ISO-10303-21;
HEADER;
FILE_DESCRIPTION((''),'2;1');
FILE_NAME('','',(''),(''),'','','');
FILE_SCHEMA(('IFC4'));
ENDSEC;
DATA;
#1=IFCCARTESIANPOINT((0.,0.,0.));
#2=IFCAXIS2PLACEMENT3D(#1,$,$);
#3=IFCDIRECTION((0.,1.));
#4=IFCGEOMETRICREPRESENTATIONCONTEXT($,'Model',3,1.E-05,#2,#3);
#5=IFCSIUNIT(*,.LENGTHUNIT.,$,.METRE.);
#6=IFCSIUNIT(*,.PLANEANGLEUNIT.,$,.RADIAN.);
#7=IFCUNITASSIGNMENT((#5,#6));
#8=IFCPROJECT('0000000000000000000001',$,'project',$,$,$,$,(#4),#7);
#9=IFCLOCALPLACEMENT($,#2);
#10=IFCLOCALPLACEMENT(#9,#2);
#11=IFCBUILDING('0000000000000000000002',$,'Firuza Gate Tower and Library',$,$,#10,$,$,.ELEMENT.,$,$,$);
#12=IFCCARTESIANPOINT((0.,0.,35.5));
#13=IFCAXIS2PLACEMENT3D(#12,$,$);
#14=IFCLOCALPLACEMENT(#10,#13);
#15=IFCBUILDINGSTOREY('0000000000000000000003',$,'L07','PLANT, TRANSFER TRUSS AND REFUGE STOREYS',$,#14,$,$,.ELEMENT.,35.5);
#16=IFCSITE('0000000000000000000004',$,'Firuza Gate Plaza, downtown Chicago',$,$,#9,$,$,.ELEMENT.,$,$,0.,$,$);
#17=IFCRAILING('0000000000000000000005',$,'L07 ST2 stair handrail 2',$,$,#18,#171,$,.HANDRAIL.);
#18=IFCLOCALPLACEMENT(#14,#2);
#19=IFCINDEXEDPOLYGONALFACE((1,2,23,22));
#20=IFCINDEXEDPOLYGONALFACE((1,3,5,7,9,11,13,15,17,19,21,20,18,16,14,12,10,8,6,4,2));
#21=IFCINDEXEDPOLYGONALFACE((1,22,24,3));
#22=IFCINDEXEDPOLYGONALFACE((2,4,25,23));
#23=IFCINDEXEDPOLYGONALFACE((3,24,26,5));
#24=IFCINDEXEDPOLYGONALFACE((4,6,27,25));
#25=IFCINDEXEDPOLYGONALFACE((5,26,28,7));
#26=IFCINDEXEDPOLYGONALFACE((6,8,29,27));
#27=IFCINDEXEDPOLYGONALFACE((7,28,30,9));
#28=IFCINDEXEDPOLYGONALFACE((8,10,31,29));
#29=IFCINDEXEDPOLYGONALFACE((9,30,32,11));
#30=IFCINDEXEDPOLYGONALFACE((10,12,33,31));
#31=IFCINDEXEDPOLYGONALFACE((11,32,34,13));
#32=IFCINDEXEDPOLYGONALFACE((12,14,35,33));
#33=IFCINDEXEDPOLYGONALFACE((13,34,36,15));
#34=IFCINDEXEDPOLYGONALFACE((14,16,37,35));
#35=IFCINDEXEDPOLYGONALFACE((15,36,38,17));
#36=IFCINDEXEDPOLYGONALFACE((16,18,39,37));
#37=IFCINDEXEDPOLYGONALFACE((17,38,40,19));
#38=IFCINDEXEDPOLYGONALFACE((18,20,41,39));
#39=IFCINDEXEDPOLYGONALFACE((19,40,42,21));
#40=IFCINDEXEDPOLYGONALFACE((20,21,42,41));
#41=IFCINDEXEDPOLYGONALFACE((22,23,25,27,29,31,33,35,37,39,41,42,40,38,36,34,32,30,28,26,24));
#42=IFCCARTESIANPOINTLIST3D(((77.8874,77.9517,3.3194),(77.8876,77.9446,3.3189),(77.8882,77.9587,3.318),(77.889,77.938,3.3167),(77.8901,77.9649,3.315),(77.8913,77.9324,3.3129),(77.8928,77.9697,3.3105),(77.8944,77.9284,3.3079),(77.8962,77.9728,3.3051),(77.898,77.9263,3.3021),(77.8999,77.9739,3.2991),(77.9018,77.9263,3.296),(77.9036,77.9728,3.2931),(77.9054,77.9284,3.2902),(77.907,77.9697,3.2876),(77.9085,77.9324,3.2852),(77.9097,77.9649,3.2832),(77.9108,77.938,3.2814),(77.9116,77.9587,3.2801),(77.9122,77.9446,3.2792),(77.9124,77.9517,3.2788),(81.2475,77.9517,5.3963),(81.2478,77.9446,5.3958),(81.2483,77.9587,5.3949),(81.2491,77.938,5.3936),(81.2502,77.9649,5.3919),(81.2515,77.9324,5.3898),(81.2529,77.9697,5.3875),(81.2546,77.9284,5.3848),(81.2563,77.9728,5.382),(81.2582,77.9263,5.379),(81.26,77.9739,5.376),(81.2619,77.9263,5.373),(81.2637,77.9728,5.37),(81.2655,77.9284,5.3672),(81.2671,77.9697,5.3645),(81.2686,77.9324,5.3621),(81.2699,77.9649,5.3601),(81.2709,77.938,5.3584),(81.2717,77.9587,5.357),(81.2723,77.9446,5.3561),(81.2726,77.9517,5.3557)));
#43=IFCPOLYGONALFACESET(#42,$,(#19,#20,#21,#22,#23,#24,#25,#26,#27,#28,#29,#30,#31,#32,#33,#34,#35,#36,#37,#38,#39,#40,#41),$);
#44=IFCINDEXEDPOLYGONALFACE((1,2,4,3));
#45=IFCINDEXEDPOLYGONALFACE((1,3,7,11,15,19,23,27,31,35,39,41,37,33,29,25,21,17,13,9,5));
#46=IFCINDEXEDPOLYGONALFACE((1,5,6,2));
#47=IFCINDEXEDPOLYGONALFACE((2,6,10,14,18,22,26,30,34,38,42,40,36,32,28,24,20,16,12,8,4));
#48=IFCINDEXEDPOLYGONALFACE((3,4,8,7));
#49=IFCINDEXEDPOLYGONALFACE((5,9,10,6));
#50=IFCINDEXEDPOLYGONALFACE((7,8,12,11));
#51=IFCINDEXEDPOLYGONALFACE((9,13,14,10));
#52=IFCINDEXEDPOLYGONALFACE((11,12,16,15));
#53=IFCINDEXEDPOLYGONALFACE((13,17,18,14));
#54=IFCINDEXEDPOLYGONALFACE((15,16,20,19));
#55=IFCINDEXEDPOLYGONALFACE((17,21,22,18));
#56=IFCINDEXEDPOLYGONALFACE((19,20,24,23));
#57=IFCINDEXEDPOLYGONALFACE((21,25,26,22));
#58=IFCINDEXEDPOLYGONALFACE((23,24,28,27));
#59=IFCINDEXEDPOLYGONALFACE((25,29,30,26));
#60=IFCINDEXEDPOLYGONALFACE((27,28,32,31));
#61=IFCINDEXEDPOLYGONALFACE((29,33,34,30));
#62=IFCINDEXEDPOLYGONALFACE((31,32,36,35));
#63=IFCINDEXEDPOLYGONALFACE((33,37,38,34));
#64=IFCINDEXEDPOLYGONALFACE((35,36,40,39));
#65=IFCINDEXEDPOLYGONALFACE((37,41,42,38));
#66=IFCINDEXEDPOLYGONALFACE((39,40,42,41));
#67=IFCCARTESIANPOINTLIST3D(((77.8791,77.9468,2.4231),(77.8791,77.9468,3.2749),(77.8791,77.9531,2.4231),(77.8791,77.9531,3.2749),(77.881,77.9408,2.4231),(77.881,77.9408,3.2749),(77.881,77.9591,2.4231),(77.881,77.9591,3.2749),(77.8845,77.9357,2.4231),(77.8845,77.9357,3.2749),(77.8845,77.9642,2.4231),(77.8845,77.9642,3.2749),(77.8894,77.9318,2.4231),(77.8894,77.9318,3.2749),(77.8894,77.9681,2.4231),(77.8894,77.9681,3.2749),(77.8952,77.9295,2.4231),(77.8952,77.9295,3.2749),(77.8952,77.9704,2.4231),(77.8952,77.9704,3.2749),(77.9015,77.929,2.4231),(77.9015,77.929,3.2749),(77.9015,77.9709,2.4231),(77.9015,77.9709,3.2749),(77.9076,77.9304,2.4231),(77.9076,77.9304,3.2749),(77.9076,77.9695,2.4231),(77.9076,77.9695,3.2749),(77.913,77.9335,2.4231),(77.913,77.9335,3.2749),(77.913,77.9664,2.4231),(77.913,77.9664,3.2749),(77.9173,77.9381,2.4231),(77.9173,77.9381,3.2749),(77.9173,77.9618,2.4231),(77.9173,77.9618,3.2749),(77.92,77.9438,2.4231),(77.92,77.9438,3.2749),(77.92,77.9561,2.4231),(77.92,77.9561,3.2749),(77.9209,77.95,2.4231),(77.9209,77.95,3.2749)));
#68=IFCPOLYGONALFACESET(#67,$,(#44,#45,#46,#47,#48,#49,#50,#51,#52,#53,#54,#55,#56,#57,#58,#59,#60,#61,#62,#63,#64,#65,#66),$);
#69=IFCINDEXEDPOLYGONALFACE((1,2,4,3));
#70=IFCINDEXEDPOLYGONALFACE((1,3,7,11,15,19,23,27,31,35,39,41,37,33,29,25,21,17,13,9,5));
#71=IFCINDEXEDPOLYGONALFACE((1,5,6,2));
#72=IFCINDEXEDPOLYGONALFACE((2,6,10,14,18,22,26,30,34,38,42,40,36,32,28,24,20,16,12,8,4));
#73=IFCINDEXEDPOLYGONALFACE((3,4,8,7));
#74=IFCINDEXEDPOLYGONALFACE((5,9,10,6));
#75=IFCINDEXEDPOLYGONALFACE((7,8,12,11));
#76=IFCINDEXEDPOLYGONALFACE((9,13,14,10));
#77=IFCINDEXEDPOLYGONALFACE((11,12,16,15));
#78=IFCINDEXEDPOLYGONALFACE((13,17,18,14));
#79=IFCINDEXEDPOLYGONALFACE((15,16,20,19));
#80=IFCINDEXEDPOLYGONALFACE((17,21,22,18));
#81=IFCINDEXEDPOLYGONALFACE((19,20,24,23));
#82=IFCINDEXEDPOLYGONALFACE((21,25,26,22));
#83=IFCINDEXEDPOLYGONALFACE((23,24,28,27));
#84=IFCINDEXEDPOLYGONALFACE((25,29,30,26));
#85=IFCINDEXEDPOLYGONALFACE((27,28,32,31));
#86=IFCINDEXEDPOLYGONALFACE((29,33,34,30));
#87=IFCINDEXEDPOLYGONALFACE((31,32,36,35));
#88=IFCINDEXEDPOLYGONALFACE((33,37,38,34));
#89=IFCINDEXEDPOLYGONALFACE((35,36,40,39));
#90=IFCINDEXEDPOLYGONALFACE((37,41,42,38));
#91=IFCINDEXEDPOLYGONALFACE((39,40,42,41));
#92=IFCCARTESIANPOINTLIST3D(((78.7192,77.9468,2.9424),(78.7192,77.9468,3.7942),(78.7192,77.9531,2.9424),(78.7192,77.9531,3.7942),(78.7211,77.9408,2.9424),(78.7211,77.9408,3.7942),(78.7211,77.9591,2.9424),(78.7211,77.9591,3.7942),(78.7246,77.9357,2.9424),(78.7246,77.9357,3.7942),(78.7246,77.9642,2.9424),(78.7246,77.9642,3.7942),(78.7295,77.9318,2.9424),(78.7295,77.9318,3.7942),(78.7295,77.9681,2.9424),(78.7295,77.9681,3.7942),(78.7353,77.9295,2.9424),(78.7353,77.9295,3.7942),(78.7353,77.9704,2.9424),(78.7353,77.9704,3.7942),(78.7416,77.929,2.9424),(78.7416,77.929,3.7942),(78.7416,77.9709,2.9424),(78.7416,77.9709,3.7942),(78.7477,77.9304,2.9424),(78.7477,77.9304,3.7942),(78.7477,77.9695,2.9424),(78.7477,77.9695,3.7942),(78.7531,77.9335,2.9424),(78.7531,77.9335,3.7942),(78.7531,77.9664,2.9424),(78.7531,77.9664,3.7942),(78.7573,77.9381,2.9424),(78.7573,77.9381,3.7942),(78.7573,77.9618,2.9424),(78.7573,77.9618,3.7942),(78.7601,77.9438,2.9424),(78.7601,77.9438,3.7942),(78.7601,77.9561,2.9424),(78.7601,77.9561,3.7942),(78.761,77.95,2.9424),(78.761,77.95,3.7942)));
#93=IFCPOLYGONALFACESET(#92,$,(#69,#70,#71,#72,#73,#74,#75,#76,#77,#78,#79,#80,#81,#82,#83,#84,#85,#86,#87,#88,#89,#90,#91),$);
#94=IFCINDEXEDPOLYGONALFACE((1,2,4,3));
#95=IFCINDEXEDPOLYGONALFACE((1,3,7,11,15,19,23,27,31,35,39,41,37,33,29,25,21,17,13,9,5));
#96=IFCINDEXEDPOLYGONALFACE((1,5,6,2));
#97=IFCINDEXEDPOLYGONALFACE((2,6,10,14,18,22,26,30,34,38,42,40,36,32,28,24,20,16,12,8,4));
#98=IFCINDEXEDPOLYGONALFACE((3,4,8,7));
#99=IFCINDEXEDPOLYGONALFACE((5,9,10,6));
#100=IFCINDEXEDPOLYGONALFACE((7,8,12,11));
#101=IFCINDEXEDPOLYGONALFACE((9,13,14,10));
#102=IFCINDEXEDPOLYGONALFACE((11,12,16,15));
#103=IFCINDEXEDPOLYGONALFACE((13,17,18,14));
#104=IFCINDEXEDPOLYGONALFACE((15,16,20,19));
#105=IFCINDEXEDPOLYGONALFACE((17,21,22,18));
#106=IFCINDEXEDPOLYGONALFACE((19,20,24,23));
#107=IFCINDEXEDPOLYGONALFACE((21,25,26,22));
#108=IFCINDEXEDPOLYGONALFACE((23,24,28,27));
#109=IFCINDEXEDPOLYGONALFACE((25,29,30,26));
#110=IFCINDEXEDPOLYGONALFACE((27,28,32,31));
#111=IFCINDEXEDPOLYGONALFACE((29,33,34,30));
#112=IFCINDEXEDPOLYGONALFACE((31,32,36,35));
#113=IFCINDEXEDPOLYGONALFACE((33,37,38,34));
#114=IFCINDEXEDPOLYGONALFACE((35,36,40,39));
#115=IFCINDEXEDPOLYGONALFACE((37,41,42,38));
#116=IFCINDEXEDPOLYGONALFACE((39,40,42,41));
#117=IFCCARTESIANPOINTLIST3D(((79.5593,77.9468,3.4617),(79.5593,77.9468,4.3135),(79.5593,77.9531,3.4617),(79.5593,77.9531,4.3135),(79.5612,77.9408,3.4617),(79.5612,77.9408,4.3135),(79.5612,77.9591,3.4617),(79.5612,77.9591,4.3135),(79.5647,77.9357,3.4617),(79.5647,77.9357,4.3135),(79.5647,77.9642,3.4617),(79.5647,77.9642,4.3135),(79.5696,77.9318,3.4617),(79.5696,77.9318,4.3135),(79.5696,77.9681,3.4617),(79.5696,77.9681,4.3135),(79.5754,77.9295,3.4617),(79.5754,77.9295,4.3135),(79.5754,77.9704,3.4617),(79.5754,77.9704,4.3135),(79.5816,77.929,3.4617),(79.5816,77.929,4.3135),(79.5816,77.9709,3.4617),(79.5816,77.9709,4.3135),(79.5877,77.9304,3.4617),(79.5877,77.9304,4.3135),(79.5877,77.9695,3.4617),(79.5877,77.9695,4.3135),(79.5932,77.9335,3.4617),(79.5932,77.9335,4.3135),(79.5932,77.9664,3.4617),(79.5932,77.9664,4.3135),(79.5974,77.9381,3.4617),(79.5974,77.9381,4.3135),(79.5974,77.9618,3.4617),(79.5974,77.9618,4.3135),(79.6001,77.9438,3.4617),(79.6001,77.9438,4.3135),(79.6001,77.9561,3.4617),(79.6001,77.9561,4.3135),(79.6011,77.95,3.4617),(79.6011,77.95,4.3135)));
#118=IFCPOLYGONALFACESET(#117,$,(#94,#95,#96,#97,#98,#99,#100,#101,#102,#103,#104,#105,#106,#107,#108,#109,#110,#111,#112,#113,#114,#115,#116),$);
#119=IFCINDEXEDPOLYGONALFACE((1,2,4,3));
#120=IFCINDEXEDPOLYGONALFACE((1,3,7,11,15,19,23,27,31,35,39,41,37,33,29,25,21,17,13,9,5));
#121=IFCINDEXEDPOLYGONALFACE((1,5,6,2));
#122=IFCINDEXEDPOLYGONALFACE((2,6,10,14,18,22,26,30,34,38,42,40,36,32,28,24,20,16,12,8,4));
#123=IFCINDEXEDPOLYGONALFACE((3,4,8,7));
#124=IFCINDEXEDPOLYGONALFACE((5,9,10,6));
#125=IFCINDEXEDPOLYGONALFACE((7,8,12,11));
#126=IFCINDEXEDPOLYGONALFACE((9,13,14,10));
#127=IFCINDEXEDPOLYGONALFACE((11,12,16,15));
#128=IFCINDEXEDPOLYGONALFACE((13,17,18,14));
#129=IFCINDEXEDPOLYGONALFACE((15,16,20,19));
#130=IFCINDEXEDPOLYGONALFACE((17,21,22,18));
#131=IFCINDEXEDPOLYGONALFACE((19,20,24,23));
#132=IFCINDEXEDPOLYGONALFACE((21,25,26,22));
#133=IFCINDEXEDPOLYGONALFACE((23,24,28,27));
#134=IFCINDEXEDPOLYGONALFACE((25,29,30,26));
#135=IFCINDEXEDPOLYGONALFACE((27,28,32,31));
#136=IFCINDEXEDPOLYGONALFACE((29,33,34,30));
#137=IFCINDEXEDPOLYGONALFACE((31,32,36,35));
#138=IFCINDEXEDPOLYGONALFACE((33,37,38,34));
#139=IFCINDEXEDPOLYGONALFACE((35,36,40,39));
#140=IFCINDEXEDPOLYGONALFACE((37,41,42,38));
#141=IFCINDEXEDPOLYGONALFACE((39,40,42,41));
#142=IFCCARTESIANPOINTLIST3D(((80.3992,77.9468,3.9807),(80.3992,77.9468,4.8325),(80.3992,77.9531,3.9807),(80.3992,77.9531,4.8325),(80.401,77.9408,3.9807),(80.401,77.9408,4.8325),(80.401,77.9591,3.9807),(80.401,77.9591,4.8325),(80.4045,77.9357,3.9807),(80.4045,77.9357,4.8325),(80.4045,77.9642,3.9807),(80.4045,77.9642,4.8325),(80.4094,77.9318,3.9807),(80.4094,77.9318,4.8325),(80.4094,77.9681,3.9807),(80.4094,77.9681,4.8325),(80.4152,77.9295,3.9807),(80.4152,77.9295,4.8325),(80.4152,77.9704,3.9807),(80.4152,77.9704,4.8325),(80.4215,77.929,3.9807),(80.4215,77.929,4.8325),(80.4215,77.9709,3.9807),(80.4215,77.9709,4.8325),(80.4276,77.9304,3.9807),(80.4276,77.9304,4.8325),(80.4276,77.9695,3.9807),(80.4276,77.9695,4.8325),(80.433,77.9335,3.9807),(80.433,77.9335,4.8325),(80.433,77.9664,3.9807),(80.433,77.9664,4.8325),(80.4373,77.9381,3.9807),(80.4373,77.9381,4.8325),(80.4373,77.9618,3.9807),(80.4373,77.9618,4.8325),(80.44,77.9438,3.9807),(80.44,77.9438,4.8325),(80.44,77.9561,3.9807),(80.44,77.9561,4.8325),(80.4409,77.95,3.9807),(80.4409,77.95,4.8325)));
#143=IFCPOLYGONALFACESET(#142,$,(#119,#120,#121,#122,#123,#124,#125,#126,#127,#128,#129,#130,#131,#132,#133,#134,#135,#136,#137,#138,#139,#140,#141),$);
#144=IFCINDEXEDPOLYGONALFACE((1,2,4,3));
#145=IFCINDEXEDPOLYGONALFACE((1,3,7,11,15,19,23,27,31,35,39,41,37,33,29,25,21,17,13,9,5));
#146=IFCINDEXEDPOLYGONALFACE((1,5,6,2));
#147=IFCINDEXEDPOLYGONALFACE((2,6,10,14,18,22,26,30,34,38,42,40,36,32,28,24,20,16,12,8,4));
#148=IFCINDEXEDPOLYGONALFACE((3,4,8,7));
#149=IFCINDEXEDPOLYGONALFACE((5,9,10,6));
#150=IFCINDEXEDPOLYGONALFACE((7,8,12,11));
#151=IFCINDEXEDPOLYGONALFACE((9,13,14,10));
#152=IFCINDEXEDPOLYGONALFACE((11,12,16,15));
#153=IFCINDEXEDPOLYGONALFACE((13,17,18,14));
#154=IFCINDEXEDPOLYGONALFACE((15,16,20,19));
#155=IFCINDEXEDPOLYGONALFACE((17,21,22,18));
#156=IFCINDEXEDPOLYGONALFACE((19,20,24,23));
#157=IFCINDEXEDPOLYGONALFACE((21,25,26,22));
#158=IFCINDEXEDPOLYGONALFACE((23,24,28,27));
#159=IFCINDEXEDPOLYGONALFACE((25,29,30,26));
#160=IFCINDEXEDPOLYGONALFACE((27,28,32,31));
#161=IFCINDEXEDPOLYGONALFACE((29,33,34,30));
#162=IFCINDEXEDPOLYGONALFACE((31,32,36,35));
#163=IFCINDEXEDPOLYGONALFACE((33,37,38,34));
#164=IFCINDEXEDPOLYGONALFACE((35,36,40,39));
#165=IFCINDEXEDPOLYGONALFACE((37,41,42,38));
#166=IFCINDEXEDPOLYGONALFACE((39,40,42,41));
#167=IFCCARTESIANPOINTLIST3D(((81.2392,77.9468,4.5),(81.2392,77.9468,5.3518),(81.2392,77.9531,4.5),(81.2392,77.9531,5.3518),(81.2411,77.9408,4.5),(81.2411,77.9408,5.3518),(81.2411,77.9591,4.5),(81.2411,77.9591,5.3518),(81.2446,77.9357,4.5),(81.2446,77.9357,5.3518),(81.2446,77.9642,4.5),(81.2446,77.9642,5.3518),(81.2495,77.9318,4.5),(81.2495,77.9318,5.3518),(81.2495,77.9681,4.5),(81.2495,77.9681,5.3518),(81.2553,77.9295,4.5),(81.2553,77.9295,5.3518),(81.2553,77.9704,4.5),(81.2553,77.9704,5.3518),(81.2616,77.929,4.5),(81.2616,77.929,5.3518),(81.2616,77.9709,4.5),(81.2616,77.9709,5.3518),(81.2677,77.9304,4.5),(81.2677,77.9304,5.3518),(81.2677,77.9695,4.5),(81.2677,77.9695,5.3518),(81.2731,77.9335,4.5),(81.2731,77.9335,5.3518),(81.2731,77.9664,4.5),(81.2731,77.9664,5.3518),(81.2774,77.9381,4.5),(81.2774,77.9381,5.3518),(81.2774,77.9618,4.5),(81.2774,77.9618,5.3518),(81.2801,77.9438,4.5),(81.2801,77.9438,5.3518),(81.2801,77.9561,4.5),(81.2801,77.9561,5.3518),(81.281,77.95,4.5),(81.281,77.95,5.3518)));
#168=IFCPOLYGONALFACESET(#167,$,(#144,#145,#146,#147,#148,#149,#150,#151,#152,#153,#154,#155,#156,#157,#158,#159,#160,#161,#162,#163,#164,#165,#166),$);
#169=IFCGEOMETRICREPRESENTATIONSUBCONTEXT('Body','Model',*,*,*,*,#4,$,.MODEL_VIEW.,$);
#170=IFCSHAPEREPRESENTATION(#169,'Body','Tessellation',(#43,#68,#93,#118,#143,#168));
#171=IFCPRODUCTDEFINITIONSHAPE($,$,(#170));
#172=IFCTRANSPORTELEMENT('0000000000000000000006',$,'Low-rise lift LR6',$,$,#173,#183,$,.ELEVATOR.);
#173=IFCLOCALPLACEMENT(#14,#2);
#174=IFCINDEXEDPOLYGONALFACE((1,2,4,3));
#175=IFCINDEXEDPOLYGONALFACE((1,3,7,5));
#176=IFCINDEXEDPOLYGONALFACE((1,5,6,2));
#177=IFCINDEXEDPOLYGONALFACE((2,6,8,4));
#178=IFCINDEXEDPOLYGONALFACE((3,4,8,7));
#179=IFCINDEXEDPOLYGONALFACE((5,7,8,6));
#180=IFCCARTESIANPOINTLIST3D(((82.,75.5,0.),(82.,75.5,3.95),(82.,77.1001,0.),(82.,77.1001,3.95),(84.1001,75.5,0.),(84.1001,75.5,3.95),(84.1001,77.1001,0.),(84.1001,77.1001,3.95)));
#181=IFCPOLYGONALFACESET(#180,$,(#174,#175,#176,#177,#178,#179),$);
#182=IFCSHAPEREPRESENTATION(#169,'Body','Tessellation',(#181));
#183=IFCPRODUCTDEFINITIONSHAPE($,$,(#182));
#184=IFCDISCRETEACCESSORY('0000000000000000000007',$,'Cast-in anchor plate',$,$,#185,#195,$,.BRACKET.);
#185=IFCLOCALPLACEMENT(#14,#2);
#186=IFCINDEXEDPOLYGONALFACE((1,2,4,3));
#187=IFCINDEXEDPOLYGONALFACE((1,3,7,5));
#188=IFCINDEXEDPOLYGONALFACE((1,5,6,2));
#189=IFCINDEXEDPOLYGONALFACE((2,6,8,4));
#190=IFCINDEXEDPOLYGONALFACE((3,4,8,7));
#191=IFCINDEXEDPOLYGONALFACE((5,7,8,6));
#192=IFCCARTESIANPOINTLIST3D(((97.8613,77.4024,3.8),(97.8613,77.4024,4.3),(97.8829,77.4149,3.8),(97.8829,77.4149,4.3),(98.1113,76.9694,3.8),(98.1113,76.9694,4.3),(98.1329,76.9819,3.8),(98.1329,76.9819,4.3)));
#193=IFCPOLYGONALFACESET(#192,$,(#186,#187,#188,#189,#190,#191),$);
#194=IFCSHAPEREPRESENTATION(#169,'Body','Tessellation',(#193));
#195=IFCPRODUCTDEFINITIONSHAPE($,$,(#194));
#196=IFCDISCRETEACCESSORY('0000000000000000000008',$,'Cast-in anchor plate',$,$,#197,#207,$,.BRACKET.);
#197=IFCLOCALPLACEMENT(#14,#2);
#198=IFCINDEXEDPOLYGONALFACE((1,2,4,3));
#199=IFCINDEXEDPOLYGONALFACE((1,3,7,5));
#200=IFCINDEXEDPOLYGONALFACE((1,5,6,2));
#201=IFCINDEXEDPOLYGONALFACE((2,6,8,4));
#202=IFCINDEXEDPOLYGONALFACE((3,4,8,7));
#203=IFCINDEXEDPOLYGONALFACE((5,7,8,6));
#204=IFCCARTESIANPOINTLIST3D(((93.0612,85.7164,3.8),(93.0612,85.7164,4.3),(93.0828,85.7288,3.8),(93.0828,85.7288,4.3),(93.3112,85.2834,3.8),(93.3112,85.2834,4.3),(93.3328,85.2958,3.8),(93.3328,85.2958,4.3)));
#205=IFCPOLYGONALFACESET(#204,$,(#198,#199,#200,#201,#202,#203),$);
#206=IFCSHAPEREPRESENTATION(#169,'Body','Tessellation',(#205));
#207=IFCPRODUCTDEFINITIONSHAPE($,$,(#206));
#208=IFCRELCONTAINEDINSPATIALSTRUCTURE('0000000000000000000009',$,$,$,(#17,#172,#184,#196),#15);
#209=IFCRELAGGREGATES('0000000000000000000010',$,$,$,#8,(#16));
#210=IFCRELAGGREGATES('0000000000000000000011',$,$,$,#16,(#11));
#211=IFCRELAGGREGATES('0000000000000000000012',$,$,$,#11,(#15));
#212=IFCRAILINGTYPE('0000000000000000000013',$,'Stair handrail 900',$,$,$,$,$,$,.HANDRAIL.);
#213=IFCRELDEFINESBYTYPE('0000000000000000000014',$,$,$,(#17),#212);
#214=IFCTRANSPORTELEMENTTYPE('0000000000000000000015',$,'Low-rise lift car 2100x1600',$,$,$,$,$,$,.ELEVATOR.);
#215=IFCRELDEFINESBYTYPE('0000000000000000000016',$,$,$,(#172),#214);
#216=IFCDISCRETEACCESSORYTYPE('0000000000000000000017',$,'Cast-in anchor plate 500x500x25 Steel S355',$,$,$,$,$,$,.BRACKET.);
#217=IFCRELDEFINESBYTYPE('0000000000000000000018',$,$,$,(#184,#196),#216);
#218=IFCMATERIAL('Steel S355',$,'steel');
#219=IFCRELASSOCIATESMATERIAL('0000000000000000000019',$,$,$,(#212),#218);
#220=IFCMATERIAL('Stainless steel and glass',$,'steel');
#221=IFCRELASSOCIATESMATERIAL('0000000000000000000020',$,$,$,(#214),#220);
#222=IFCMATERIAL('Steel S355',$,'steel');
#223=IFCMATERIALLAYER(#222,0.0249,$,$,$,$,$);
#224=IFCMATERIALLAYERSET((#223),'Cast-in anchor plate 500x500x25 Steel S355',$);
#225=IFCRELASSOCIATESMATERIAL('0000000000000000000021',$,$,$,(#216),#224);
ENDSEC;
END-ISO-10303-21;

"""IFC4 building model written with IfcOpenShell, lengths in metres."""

from ifc_helpers import new_model, si_unit, direction, frame, origin, origin_2d, place, context, subcontext, project, spatial, rectangle, circle, extrude, material, layer, layer_set, type_object, element, save


model = new_model("IFC4")

# Units and contexts
model_context = context("Model", 3, precision=1e-05, world=origin(), true_north=direction((0.0, 1.0)))
body_context = subcontext(model_context, "Body", "Model", "MODEL_VIEW")
ifc_project = project(units=[si_unit("LENGTHUNIT", "METRE"), si_unit("PLANEANGLEUNIT", "RADIAN")], contexts=[model_context])

# Site, building, storey
site_placement = place(None, origin())
site = spatial("IfcSite", under=ifc_project, at=site_placement, Name="Firuza Gate Plaza, downtown Chicago", CompositionType="ELEMENT", RefElevation=0.0)
building_placement = place(site_placement, origin())
building = spatial("IfcBuilding", under=site, at=building_placement, Name="Firuza Gate Tower and Library", CompositionType="ELEMENT")
storey_placement = place(building_placement, frame((0.0, 0.0, 35.5)))
storey = spatial("IfcBuildingStorey", under=building, at=storey_placement, Name="L07", Description="PLANT, TRANSFER TRUSS AND REFUGE STOREYS", CompositionType="ELEMENT", Elevation=35.5)

# Railing
ifc_material_1 = material(Name="Steel S355", Category="steel")
railing_type_1 = type_object("IfcRailingType", Name="Stair handrail 900", PredefinedType="HANDRAIL", material=ifc_material_1)
railing_1_placement = place(storey_placement, frame((77.8999, 77.95, 2.4231)))
element("IfcRailing", 1, at=railing_1_placement, inside=storey, type_object=railing_type_1, Name="L07 ST2 stair handrail 2", PredefinedType="HANDRAIL", context=body_context, shape_type="SweptSolid", body=[
    extrude(circle(Radius=0.0239, at=origin_2d()), frame((0.0, 0.0, 0.876), z_axis=(0.850623, 0.0, 0.525776), x_axis=(0.0, 1.0, 0.0)), (0.0, 0.0, 1.0), 3.9502),
    extrude(circle(Radius=0.021, at=origin_2d()), origin(), (0.0, 0.0, 1.0), 0.8518),
    extrude(circle(Radius=0.021, at=origin_2d()), frame((0.8401, 0.0, 0.5193)), (0.0, 0.0, 1.0), 0.8518),
    extrude(circle(Radius=0.021, at=origin_2d()), frame((1.6802, 0.0, 1.0386)), (0.0, 0.0, 1.0), 0.8518),
    extrude(circle(Radius=0.021, at=origin_2d()), frame((2.52, 0.0, 1.5576)), (0.0, 0.0, 1.0), 0.8518),
    extrude(circle(Radius=0.021, at=origin_2d()), frame((3.3601, 0.0, 2.0769)), (0.0, 0.0, 1.0), 0.8518),
])

# Transport element
ifc_material_2 = material(Name="Stainless steel and glass", Category="steel")
transport_element_type = type_object("IfcTransportElementType", Name="Low-rise lift car 2100x1600", PredefinedType="ELEVATOR", material=ifc_material_2)
transport_element_placement = place(storey_placement, frame((83.05, 76.3, 0.0), z_axis=(0.0, 0.0, 1.0), x_axis=(1.0, 0.0, 0.0)))
element("IfcTransportElement", 2, at=transport_element_placement, inside=storey, type_object=transport_element_type, Name="Low-rise lift LR6", PredefinedType="ELEVATOR", context=body_context, shape_type="SweptSolid", body=[
    extrude(rectangle(XDim=2.1001, YDim=1.6001, at=origin_2d()), origin(), (0.0, 0.0, 1.0), 3.95),
])

# Discrete accessories
ifc_material_3 = material(Name="Steel S355", Category="steel")
ifc_layer_1 = layer(ifc_material_3, 0.0249)
ifc_layer_set_1 = layer_set([ifc_layer_1], Name="Cast-in anchor plate 500x500x25 Steel S355")
discrete_accessory_type = type_object("IfcDiscreteAccessoryType", Name="Cast-in anchor plate 500x500x25 Steel S355", PredefinedType="BRACKET", material=ifc_layer_set_1)
for number, where, z_axis, x_axis, name in (
    (3, (97.9971, 77.1921, 3.8), (0.0, 0.0, 1.0), (-0.5, 0.866025, 0.0), "Cast-in anchor plate"),
    (4, (93.197, 85.5061, 3.8), (0.0, 0.0, 1.0), (-0.5, 0.866025, 0.0), "Cast-in anchor plate"),
):
    element("IfcDiscreteAccessory", number, at=place(storey_placement, frame(where, z_axis=z_axis, x_axis=x_axis)), inside=storey, type_object=discrete_accessory_type, Name=name, PredefinedType="BRACKET", context=body_context, shape_type="SweptSolid", body=[
        extrude(rectangle(XDim=0.5, YDim=0.0249, at=origin_2d()), origin(), (0.0, 0.0, 1.0), 0.5),
    ])

save(model, "model.ifc")
